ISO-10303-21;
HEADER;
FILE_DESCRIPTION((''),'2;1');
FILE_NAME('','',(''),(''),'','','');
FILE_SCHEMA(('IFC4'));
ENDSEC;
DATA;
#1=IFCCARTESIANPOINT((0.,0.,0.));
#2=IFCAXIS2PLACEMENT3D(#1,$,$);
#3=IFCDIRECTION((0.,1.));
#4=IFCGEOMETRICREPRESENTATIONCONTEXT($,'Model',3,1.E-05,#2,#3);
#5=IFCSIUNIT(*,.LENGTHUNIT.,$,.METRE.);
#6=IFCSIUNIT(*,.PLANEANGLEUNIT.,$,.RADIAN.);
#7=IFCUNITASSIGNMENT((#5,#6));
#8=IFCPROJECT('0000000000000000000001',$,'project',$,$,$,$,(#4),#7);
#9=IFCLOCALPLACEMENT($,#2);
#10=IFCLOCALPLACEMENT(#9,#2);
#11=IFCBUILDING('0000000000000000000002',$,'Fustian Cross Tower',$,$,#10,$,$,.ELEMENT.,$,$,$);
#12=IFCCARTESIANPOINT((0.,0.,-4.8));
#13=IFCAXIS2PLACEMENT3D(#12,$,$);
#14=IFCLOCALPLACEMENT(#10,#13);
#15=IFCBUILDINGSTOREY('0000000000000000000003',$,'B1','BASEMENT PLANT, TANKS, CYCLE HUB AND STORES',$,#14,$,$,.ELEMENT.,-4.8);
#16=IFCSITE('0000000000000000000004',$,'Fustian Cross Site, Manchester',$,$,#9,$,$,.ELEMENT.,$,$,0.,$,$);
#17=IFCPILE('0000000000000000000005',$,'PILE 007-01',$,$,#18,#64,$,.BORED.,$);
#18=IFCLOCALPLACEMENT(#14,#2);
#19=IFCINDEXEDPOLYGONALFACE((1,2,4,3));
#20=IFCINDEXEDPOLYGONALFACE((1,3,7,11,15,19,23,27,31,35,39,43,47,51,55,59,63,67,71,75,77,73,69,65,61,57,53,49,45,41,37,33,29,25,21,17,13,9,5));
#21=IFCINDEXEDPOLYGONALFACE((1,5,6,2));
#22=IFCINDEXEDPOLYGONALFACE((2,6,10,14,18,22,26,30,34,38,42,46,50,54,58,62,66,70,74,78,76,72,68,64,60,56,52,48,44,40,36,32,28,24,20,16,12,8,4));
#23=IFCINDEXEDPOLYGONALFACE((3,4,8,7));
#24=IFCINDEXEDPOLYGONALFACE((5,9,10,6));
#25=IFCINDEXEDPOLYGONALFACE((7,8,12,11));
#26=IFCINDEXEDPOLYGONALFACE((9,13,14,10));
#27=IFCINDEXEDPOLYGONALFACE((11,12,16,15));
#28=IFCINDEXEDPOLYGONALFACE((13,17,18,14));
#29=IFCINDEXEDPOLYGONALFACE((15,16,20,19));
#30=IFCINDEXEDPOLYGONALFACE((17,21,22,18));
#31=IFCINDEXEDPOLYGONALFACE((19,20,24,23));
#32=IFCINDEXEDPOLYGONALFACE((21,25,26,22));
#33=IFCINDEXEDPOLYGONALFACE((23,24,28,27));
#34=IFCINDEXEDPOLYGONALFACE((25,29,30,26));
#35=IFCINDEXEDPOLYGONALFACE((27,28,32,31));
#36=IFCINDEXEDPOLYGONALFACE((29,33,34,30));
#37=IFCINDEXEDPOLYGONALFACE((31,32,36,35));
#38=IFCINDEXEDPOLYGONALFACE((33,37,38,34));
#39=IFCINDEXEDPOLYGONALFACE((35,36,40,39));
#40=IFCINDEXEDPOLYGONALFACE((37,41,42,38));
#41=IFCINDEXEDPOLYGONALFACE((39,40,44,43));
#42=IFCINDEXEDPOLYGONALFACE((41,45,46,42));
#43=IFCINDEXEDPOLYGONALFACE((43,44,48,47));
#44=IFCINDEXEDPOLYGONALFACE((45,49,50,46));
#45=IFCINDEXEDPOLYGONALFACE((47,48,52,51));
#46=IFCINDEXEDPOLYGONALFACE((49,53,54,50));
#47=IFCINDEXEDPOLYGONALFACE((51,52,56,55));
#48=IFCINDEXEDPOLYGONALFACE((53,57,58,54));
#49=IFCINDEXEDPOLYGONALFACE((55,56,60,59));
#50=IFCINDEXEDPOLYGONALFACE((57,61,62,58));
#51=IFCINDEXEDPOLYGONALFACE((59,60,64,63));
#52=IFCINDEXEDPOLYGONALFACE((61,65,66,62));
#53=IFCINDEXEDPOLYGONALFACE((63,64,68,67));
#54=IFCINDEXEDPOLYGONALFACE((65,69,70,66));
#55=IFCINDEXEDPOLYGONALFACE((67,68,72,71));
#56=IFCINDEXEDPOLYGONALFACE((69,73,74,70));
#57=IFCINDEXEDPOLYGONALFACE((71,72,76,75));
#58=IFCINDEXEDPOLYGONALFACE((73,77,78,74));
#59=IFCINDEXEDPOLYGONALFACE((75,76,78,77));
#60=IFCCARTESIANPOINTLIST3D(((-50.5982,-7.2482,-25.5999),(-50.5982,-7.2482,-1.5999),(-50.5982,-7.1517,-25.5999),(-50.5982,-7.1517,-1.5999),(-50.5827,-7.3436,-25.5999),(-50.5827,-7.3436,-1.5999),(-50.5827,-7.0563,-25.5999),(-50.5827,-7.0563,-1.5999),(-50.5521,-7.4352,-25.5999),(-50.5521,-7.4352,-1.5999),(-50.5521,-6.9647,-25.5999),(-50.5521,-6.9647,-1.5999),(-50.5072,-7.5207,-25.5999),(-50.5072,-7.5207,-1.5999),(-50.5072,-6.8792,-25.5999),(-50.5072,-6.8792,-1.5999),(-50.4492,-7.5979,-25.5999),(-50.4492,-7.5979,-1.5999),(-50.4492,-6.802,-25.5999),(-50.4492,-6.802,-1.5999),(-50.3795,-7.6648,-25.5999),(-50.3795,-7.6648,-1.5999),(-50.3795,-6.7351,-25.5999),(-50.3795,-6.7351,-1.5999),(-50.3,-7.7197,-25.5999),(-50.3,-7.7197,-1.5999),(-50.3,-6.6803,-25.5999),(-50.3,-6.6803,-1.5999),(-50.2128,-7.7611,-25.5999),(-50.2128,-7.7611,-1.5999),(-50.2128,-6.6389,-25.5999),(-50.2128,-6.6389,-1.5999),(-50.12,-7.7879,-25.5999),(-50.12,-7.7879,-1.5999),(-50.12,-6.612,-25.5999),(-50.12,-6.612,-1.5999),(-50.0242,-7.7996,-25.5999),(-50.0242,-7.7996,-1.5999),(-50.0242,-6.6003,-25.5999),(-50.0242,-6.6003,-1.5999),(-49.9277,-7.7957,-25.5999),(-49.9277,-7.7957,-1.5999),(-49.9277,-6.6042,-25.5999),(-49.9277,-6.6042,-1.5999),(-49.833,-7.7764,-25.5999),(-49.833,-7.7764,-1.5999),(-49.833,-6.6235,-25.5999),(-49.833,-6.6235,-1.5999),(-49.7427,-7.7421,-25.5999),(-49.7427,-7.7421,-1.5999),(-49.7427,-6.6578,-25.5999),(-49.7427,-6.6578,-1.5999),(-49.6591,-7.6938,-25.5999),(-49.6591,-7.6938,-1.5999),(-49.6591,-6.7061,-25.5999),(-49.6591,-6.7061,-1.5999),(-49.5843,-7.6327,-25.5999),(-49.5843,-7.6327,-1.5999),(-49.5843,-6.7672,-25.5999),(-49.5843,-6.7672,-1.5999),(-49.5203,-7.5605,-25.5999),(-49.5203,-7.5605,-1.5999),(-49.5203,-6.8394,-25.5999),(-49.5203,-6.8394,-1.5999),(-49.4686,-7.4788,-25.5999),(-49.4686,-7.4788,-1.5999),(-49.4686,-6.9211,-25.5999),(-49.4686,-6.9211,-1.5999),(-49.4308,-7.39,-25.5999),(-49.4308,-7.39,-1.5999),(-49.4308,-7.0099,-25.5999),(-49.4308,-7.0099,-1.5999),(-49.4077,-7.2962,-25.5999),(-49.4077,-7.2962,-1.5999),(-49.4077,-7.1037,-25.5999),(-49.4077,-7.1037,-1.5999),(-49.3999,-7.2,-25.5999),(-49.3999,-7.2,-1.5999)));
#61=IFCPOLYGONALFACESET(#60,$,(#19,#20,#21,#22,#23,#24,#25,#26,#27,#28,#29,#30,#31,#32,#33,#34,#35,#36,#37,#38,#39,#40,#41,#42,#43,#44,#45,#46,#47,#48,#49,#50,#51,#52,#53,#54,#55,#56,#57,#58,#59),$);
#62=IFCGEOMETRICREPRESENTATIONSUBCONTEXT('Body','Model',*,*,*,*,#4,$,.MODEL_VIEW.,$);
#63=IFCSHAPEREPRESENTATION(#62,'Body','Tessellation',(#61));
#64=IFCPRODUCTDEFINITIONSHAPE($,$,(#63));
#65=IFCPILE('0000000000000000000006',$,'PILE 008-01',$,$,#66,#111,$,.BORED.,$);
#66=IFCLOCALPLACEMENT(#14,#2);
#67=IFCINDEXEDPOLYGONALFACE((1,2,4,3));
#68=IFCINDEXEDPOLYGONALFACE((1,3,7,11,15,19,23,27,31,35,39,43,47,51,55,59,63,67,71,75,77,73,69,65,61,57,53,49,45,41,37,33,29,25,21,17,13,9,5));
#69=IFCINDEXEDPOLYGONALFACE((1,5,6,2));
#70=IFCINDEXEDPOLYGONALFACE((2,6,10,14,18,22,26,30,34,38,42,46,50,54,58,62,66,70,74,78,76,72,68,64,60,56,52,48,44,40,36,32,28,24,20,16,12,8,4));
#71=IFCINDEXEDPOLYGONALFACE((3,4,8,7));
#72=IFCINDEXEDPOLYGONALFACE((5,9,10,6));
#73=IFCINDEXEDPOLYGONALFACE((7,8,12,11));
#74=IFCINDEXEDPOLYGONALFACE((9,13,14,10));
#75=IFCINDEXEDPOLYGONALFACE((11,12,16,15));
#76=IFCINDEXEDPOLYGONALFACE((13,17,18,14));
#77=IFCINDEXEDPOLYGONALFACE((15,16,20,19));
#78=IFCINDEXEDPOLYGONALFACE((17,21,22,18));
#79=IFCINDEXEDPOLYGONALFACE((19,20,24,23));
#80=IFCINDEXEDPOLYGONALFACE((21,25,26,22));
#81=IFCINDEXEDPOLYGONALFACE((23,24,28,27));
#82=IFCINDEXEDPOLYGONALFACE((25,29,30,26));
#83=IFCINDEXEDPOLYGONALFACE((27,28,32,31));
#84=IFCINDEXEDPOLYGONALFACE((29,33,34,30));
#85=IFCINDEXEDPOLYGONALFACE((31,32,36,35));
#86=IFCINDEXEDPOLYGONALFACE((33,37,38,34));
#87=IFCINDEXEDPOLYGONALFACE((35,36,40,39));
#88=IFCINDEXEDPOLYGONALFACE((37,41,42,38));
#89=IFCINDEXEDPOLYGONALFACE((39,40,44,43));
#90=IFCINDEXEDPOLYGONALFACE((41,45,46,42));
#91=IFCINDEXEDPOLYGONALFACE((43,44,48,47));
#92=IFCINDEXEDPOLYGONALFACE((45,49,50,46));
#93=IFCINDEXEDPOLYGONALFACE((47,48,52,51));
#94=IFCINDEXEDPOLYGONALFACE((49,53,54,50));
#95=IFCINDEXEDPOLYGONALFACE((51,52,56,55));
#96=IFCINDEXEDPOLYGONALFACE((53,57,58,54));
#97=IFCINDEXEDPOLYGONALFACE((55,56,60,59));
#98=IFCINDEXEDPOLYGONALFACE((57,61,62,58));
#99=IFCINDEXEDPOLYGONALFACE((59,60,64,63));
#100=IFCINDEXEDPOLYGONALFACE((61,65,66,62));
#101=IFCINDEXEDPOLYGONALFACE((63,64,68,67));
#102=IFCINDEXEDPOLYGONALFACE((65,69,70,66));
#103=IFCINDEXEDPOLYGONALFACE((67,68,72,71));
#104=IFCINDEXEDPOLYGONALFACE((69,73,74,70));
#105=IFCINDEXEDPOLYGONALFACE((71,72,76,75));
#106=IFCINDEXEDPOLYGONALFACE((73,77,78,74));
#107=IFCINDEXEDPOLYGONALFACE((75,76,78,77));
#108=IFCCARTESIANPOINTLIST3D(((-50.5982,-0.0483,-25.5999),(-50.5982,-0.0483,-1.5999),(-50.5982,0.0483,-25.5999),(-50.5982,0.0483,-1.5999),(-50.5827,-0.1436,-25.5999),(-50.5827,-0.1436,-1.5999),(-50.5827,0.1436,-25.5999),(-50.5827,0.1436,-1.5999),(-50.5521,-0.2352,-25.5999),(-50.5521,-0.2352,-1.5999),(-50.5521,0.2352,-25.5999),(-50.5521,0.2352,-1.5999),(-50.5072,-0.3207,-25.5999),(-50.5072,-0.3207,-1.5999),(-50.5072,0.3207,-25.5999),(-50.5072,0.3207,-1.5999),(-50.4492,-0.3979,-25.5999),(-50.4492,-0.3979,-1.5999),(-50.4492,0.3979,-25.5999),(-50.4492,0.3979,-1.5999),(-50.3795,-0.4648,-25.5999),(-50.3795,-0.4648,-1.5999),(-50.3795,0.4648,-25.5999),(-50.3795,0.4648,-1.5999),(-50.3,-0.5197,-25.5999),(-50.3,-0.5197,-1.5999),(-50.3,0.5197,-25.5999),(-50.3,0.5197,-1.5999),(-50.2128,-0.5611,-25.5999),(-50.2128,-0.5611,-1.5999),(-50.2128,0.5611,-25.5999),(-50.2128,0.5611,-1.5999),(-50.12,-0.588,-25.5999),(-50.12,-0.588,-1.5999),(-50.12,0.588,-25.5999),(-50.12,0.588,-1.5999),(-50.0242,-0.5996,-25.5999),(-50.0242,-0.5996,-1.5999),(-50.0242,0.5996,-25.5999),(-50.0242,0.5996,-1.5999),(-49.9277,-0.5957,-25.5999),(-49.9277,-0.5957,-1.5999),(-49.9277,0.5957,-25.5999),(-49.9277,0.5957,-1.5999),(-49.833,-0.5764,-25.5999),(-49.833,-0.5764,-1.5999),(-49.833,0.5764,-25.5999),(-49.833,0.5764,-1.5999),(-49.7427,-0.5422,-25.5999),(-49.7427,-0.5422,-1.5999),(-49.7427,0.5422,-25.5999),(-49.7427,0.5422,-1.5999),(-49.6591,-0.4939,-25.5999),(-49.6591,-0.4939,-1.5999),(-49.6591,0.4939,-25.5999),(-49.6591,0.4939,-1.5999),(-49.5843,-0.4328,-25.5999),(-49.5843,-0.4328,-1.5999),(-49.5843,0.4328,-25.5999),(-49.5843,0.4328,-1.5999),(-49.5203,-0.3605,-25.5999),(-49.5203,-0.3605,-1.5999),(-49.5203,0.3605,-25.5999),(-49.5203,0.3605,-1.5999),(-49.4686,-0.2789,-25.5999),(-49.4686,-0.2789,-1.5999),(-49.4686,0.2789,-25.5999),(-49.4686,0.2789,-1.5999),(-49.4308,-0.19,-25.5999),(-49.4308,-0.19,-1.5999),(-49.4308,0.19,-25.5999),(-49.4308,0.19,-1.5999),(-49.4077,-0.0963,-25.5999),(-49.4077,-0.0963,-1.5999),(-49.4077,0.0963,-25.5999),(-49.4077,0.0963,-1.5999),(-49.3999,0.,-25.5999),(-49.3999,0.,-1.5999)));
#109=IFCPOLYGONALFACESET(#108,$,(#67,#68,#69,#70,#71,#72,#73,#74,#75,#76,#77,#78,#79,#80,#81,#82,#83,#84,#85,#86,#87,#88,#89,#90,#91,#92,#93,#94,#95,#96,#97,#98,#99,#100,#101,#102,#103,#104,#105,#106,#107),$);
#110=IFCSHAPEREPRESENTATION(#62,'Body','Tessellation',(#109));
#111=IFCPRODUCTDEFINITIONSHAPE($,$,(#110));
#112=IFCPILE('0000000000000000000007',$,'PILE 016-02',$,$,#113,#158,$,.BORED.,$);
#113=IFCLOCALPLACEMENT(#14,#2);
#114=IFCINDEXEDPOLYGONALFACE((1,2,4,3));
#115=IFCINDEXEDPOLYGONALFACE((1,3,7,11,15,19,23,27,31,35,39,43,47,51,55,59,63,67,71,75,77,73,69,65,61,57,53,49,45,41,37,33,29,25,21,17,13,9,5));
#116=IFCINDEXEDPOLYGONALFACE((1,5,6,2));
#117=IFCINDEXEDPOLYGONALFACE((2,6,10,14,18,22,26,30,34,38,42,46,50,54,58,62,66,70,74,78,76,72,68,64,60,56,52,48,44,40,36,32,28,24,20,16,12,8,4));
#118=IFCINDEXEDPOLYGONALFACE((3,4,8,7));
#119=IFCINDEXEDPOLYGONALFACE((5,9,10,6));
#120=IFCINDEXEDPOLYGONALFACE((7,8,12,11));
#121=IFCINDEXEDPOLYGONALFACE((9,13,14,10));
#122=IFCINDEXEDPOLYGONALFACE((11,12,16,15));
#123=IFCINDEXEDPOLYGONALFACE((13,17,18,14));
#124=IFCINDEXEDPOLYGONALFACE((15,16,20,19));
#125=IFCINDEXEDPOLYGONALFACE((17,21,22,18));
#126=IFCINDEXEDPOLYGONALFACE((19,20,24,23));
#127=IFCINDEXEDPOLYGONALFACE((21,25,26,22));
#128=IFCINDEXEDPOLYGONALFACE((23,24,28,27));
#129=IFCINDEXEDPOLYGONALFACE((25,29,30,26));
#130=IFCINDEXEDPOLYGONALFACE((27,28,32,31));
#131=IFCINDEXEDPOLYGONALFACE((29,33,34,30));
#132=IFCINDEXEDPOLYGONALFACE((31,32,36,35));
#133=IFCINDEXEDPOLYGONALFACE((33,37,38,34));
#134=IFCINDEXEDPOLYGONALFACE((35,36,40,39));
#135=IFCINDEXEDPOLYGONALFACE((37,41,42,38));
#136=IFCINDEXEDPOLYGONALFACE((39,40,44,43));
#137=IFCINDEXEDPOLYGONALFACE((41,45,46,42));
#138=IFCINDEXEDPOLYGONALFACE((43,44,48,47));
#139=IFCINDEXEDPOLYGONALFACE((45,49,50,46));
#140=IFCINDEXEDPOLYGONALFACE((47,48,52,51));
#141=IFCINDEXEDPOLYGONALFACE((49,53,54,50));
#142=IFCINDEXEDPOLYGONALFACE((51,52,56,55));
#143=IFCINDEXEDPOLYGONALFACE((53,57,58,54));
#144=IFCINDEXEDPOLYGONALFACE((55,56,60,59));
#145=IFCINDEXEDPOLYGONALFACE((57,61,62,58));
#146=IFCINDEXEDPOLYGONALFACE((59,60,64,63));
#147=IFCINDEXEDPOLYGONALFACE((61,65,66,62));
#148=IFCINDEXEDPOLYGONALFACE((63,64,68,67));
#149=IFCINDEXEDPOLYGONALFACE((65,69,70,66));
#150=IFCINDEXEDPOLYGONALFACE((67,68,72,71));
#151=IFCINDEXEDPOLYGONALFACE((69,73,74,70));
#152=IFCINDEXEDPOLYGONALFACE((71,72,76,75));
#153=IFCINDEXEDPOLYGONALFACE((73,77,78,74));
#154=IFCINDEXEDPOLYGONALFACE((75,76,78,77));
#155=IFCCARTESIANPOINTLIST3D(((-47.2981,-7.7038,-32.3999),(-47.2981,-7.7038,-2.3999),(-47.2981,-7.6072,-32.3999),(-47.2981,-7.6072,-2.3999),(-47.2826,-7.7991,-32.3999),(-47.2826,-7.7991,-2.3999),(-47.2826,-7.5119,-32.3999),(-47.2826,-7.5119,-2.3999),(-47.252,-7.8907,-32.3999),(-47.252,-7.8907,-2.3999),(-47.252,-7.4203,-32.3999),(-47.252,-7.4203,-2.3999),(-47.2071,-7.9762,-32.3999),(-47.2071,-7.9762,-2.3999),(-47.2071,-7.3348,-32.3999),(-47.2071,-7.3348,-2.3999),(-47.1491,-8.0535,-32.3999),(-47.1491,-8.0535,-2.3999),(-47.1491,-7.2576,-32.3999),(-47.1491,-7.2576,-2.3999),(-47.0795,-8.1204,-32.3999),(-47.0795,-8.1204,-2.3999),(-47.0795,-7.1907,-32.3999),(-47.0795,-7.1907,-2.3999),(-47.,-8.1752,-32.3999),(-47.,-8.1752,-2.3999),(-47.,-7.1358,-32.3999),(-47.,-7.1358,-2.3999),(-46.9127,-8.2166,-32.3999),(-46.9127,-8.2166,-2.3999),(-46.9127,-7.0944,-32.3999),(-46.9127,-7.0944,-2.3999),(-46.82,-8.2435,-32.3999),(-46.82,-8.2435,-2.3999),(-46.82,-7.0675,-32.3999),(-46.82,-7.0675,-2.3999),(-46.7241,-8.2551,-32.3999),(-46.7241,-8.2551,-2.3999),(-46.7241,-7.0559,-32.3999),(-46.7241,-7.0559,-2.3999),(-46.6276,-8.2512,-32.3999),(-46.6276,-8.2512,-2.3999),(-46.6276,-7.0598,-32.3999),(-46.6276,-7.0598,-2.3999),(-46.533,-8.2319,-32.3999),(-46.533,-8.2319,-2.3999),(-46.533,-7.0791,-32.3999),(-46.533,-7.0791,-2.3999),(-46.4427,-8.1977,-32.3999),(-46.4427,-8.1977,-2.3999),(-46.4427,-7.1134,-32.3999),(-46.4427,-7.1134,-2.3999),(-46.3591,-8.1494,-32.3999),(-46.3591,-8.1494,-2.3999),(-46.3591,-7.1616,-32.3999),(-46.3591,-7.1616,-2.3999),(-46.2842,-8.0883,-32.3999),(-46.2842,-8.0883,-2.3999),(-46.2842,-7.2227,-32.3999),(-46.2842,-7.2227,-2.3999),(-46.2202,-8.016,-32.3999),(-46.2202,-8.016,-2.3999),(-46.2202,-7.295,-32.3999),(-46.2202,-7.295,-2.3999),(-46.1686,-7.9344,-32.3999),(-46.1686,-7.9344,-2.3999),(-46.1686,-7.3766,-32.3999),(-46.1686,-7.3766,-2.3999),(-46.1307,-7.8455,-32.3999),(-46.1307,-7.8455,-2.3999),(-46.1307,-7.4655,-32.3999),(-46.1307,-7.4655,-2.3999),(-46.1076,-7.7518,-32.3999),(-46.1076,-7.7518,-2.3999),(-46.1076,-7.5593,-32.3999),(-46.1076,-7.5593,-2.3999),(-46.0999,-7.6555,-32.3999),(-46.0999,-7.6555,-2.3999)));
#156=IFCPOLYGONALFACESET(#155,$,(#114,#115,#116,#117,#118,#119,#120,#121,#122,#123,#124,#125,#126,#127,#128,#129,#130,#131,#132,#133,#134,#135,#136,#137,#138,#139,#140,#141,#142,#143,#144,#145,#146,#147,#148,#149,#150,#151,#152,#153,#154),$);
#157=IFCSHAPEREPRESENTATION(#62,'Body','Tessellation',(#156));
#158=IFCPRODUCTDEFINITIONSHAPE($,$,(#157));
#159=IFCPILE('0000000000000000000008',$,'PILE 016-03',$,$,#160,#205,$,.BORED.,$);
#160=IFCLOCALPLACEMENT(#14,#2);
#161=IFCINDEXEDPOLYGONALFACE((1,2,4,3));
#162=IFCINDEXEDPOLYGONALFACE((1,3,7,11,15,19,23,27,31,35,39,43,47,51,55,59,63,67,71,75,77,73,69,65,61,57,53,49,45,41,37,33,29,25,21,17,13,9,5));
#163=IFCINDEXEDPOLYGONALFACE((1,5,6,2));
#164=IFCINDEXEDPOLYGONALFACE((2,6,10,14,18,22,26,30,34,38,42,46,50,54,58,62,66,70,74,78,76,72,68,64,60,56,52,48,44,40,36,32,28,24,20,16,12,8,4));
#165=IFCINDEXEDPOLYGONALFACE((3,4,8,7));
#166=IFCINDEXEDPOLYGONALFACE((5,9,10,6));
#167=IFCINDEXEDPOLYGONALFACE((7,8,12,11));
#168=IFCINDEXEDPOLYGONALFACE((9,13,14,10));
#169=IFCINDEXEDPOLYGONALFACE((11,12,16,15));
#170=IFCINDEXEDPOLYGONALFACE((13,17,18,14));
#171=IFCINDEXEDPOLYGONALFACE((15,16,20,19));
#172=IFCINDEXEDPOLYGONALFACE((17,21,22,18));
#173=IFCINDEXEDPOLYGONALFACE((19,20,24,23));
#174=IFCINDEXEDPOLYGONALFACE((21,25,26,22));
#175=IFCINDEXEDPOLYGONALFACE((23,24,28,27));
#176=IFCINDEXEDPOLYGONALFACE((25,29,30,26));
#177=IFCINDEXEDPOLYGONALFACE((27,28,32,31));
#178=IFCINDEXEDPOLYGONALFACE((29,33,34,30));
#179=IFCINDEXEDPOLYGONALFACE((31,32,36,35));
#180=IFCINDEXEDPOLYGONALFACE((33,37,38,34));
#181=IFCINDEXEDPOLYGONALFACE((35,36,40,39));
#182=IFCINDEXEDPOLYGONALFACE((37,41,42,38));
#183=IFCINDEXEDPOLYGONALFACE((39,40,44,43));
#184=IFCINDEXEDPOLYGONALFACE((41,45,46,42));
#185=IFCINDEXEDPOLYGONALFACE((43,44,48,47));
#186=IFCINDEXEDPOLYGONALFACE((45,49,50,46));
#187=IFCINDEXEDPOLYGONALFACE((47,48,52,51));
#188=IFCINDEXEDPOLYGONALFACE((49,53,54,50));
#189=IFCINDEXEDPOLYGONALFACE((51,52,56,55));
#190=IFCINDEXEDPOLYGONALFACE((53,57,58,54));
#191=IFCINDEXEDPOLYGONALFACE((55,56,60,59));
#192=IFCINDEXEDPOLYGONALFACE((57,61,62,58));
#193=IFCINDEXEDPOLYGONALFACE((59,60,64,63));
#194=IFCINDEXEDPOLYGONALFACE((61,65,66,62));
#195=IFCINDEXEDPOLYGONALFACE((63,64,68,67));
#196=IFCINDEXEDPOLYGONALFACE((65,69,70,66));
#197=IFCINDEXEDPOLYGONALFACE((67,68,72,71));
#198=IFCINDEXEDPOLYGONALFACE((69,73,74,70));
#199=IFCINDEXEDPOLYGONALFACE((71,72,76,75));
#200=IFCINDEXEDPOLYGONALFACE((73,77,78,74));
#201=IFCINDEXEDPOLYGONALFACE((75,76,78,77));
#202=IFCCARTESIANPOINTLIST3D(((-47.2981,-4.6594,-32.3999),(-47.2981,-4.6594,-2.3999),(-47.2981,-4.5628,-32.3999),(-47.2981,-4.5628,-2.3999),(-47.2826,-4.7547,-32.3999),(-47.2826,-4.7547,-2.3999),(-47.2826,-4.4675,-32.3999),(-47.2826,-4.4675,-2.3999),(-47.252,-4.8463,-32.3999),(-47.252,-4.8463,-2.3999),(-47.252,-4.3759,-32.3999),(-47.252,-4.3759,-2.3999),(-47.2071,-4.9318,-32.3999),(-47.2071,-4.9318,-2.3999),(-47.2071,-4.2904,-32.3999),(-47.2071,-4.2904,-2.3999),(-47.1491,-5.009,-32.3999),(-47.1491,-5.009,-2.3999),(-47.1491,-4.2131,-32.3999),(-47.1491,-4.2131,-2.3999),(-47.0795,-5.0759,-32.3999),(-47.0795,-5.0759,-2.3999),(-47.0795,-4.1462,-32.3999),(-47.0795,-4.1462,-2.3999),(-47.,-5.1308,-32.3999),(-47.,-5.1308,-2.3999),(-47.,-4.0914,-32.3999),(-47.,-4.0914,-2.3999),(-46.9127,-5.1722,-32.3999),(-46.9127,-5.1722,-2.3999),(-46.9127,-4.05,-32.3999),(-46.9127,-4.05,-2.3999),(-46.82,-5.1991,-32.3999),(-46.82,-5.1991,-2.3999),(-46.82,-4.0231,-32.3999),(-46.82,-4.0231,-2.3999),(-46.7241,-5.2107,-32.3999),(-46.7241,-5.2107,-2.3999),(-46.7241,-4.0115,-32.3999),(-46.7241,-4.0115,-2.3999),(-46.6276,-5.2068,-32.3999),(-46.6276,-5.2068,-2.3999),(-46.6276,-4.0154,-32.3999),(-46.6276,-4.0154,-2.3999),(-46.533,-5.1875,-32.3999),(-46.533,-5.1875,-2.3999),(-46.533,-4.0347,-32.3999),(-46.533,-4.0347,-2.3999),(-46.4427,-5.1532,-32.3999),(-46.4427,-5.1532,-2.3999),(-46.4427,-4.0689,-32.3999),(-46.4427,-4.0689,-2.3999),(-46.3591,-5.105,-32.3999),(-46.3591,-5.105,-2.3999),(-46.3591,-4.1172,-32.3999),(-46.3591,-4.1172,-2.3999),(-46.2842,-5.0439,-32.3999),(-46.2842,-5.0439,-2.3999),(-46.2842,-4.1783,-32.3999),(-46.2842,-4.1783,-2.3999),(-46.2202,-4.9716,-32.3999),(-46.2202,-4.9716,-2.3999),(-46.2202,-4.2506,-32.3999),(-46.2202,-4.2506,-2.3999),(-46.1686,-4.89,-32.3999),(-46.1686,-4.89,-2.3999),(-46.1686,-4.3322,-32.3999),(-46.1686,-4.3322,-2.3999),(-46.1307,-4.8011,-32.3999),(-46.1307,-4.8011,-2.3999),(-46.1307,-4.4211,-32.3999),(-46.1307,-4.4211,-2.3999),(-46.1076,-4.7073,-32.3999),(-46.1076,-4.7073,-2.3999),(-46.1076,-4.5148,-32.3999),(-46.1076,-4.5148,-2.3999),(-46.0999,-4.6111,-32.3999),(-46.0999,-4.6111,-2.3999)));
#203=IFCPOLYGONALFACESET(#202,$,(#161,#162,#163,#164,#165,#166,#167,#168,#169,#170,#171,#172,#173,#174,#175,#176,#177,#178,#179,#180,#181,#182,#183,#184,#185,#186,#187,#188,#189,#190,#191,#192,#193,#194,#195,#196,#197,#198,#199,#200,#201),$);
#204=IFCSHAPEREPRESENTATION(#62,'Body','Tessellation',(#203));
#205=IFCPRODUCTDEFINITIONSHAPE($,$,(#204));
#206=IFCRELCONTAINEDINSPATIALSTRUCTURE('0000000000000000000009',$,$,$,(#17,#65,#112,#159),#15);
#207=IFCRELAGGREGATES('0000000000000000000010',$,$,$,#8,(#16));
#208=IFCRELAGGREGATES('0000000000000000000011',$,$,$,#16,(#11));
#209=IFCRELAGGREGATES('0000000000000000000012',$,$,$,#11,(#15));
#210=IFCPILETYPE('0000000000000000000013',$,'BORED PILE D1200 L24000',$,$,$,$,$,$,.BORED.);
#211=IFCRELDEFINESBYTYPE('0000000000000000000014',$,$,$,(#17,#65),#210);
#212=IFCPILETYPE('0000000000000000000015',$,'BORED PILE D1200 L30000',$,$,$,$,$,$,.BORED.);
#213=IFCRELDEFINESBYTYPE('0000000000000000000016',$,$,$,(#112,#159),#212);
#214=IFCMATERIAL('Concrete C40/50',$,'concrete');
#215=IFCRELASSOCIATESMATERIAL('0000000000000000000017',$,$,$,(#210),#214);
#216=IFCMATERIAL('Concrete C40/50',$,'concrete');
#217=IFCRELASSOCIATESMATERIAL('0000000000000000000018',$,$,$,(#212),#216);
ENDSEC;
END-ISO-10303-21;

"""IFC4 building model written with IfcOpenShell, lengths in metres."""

from ifc_helpers import new_model, si_unit, direction, frame, origin, origin_2d, place, context, subcontext, project, spatial, circle, extrude, material, material_profile, profile_set, type_object, element, save


model = new_model("IFC4")

# Units and contexts
model_context = context("Model", 3, precision=1e-05, world=origin(), true_north=direction((0.0, 1.0)))
body_context = subcontext(model_context, "Body", "Model", "MODEL_VIEW")
ifc_project = project(units=[si_unit("LENGTHUNIT", "METRE"), si_unit("PLANEANGLEUNIT", "RADIAN")], contexts=[model_context])

# Site, building, storey
site_placement = place(None, origin())
site = spatial("IfcSite", under=ifc_project, at=site_placement, Name="Fustian Cross Site, Manchester", CompositionType="ELEMENT", RefElevation=0.0)
building_placement = place(site_placement, origin())
building = spatial("IfcBuilding", under=site, at=building_placement, Name="Fustian Cross Tower", CompositionType="ELEMENT")
storey_placement = place(building_placement, frame((0.0, 0.0, -4.8)))
storey = spatial("IfcBuildingStorey", under=building, at=storey_placement, Name="B1", Description="BASEMENT PLANT, TANKS, CYCLE HUB AND STORES", CompositionType="ELEMENT", Elevation=-4.8)

# Piles
ifc_material_1 = material(Name="Concrete C40/50", Category="concrete")
ifc_material_profile_1 = material_profile(ifc_material_1, circle(Radius=0.6001, at=origin_2d()), Name="BORED PILE D1200 L24000")
ifc_profile_set_1 = profile_set([ifc_material_profile_1], Name="Concrete C40/50")
pile_type_1 = type_object("IfcPileType", Name="BORED PILE D1200 L24000", PredefinedType="BORED", material=ifc_profile_set_1)
for number, where, z_axis, x_axis, name in (
    (1, (-50.0, -7.2, -1.5999), (0.0, 0.0, -1.0), (1.0, 0.0, 0.0), "PILE 007-01"),
    (2, (-50.0, 0.0, -1.5999), (0.0, 0.0, -1.0), (1.0, 0.0, 0.0), "PILE 008-01"),
):
    element("IfcPile", number, at=place(storey_placement, frame(where, z_axis=z_axis, x_axis=x_axis)), inside=storey, type_object=pile_type_1, Name=name, PredefinedType="BORED", context=body_context, shape_type="SweptSolid", body=[
        extrude(circle(Radius=0.6001, at=origin_2d()), origin(), (0.0, 0.0, 1.0), 24.0),
    ])
ifc_material_2 = material(Name="Concrete C40/50", Category="concrete")
ifc_material_profile_2 = material_profile(ifc_material_2, circle(Radius=0.6001, at=origin_2d()), Name="BORED PILE D1200 L30000")
ifc_profile_set_2 = profile_set([ifc_material_profile_2], Name="Concrete C40/50")
pile_type_2 = type_object("IfcPileType", Name="BORED PILE D1200 L30000", PredefinedType="BORED", material=ifc_profile_set_2)
for number, where, z_axis, x_axis, name in (
    (3, (-46.7, -7.6555, -2.3999), (0.0, 0.0, -1.0), (1.0, 0.0, 0.0), "PILE 016-02"),
    (4, (-46.7, -4.6111, -2.3999), (0.0, 0.0, -1.0), (1.0, 0.0, 0.0), "PILE 016-03"),
):
    element("IfcPile", number, at=place(storey_placement, frame(where, z_axis=z_axis, x_axis=x_axis)), inside=storey, type_object=pile_type_2, Name=name, PredefinedType="BORED", context=body_context, shape_type="SweptSolid", body=[
        extrude(circle(Radius=0.6001, at=origin_2d()), origin(), (0.0, 0.0, 1.0), 30.0),
    ])

save(model, "model.ifc")
